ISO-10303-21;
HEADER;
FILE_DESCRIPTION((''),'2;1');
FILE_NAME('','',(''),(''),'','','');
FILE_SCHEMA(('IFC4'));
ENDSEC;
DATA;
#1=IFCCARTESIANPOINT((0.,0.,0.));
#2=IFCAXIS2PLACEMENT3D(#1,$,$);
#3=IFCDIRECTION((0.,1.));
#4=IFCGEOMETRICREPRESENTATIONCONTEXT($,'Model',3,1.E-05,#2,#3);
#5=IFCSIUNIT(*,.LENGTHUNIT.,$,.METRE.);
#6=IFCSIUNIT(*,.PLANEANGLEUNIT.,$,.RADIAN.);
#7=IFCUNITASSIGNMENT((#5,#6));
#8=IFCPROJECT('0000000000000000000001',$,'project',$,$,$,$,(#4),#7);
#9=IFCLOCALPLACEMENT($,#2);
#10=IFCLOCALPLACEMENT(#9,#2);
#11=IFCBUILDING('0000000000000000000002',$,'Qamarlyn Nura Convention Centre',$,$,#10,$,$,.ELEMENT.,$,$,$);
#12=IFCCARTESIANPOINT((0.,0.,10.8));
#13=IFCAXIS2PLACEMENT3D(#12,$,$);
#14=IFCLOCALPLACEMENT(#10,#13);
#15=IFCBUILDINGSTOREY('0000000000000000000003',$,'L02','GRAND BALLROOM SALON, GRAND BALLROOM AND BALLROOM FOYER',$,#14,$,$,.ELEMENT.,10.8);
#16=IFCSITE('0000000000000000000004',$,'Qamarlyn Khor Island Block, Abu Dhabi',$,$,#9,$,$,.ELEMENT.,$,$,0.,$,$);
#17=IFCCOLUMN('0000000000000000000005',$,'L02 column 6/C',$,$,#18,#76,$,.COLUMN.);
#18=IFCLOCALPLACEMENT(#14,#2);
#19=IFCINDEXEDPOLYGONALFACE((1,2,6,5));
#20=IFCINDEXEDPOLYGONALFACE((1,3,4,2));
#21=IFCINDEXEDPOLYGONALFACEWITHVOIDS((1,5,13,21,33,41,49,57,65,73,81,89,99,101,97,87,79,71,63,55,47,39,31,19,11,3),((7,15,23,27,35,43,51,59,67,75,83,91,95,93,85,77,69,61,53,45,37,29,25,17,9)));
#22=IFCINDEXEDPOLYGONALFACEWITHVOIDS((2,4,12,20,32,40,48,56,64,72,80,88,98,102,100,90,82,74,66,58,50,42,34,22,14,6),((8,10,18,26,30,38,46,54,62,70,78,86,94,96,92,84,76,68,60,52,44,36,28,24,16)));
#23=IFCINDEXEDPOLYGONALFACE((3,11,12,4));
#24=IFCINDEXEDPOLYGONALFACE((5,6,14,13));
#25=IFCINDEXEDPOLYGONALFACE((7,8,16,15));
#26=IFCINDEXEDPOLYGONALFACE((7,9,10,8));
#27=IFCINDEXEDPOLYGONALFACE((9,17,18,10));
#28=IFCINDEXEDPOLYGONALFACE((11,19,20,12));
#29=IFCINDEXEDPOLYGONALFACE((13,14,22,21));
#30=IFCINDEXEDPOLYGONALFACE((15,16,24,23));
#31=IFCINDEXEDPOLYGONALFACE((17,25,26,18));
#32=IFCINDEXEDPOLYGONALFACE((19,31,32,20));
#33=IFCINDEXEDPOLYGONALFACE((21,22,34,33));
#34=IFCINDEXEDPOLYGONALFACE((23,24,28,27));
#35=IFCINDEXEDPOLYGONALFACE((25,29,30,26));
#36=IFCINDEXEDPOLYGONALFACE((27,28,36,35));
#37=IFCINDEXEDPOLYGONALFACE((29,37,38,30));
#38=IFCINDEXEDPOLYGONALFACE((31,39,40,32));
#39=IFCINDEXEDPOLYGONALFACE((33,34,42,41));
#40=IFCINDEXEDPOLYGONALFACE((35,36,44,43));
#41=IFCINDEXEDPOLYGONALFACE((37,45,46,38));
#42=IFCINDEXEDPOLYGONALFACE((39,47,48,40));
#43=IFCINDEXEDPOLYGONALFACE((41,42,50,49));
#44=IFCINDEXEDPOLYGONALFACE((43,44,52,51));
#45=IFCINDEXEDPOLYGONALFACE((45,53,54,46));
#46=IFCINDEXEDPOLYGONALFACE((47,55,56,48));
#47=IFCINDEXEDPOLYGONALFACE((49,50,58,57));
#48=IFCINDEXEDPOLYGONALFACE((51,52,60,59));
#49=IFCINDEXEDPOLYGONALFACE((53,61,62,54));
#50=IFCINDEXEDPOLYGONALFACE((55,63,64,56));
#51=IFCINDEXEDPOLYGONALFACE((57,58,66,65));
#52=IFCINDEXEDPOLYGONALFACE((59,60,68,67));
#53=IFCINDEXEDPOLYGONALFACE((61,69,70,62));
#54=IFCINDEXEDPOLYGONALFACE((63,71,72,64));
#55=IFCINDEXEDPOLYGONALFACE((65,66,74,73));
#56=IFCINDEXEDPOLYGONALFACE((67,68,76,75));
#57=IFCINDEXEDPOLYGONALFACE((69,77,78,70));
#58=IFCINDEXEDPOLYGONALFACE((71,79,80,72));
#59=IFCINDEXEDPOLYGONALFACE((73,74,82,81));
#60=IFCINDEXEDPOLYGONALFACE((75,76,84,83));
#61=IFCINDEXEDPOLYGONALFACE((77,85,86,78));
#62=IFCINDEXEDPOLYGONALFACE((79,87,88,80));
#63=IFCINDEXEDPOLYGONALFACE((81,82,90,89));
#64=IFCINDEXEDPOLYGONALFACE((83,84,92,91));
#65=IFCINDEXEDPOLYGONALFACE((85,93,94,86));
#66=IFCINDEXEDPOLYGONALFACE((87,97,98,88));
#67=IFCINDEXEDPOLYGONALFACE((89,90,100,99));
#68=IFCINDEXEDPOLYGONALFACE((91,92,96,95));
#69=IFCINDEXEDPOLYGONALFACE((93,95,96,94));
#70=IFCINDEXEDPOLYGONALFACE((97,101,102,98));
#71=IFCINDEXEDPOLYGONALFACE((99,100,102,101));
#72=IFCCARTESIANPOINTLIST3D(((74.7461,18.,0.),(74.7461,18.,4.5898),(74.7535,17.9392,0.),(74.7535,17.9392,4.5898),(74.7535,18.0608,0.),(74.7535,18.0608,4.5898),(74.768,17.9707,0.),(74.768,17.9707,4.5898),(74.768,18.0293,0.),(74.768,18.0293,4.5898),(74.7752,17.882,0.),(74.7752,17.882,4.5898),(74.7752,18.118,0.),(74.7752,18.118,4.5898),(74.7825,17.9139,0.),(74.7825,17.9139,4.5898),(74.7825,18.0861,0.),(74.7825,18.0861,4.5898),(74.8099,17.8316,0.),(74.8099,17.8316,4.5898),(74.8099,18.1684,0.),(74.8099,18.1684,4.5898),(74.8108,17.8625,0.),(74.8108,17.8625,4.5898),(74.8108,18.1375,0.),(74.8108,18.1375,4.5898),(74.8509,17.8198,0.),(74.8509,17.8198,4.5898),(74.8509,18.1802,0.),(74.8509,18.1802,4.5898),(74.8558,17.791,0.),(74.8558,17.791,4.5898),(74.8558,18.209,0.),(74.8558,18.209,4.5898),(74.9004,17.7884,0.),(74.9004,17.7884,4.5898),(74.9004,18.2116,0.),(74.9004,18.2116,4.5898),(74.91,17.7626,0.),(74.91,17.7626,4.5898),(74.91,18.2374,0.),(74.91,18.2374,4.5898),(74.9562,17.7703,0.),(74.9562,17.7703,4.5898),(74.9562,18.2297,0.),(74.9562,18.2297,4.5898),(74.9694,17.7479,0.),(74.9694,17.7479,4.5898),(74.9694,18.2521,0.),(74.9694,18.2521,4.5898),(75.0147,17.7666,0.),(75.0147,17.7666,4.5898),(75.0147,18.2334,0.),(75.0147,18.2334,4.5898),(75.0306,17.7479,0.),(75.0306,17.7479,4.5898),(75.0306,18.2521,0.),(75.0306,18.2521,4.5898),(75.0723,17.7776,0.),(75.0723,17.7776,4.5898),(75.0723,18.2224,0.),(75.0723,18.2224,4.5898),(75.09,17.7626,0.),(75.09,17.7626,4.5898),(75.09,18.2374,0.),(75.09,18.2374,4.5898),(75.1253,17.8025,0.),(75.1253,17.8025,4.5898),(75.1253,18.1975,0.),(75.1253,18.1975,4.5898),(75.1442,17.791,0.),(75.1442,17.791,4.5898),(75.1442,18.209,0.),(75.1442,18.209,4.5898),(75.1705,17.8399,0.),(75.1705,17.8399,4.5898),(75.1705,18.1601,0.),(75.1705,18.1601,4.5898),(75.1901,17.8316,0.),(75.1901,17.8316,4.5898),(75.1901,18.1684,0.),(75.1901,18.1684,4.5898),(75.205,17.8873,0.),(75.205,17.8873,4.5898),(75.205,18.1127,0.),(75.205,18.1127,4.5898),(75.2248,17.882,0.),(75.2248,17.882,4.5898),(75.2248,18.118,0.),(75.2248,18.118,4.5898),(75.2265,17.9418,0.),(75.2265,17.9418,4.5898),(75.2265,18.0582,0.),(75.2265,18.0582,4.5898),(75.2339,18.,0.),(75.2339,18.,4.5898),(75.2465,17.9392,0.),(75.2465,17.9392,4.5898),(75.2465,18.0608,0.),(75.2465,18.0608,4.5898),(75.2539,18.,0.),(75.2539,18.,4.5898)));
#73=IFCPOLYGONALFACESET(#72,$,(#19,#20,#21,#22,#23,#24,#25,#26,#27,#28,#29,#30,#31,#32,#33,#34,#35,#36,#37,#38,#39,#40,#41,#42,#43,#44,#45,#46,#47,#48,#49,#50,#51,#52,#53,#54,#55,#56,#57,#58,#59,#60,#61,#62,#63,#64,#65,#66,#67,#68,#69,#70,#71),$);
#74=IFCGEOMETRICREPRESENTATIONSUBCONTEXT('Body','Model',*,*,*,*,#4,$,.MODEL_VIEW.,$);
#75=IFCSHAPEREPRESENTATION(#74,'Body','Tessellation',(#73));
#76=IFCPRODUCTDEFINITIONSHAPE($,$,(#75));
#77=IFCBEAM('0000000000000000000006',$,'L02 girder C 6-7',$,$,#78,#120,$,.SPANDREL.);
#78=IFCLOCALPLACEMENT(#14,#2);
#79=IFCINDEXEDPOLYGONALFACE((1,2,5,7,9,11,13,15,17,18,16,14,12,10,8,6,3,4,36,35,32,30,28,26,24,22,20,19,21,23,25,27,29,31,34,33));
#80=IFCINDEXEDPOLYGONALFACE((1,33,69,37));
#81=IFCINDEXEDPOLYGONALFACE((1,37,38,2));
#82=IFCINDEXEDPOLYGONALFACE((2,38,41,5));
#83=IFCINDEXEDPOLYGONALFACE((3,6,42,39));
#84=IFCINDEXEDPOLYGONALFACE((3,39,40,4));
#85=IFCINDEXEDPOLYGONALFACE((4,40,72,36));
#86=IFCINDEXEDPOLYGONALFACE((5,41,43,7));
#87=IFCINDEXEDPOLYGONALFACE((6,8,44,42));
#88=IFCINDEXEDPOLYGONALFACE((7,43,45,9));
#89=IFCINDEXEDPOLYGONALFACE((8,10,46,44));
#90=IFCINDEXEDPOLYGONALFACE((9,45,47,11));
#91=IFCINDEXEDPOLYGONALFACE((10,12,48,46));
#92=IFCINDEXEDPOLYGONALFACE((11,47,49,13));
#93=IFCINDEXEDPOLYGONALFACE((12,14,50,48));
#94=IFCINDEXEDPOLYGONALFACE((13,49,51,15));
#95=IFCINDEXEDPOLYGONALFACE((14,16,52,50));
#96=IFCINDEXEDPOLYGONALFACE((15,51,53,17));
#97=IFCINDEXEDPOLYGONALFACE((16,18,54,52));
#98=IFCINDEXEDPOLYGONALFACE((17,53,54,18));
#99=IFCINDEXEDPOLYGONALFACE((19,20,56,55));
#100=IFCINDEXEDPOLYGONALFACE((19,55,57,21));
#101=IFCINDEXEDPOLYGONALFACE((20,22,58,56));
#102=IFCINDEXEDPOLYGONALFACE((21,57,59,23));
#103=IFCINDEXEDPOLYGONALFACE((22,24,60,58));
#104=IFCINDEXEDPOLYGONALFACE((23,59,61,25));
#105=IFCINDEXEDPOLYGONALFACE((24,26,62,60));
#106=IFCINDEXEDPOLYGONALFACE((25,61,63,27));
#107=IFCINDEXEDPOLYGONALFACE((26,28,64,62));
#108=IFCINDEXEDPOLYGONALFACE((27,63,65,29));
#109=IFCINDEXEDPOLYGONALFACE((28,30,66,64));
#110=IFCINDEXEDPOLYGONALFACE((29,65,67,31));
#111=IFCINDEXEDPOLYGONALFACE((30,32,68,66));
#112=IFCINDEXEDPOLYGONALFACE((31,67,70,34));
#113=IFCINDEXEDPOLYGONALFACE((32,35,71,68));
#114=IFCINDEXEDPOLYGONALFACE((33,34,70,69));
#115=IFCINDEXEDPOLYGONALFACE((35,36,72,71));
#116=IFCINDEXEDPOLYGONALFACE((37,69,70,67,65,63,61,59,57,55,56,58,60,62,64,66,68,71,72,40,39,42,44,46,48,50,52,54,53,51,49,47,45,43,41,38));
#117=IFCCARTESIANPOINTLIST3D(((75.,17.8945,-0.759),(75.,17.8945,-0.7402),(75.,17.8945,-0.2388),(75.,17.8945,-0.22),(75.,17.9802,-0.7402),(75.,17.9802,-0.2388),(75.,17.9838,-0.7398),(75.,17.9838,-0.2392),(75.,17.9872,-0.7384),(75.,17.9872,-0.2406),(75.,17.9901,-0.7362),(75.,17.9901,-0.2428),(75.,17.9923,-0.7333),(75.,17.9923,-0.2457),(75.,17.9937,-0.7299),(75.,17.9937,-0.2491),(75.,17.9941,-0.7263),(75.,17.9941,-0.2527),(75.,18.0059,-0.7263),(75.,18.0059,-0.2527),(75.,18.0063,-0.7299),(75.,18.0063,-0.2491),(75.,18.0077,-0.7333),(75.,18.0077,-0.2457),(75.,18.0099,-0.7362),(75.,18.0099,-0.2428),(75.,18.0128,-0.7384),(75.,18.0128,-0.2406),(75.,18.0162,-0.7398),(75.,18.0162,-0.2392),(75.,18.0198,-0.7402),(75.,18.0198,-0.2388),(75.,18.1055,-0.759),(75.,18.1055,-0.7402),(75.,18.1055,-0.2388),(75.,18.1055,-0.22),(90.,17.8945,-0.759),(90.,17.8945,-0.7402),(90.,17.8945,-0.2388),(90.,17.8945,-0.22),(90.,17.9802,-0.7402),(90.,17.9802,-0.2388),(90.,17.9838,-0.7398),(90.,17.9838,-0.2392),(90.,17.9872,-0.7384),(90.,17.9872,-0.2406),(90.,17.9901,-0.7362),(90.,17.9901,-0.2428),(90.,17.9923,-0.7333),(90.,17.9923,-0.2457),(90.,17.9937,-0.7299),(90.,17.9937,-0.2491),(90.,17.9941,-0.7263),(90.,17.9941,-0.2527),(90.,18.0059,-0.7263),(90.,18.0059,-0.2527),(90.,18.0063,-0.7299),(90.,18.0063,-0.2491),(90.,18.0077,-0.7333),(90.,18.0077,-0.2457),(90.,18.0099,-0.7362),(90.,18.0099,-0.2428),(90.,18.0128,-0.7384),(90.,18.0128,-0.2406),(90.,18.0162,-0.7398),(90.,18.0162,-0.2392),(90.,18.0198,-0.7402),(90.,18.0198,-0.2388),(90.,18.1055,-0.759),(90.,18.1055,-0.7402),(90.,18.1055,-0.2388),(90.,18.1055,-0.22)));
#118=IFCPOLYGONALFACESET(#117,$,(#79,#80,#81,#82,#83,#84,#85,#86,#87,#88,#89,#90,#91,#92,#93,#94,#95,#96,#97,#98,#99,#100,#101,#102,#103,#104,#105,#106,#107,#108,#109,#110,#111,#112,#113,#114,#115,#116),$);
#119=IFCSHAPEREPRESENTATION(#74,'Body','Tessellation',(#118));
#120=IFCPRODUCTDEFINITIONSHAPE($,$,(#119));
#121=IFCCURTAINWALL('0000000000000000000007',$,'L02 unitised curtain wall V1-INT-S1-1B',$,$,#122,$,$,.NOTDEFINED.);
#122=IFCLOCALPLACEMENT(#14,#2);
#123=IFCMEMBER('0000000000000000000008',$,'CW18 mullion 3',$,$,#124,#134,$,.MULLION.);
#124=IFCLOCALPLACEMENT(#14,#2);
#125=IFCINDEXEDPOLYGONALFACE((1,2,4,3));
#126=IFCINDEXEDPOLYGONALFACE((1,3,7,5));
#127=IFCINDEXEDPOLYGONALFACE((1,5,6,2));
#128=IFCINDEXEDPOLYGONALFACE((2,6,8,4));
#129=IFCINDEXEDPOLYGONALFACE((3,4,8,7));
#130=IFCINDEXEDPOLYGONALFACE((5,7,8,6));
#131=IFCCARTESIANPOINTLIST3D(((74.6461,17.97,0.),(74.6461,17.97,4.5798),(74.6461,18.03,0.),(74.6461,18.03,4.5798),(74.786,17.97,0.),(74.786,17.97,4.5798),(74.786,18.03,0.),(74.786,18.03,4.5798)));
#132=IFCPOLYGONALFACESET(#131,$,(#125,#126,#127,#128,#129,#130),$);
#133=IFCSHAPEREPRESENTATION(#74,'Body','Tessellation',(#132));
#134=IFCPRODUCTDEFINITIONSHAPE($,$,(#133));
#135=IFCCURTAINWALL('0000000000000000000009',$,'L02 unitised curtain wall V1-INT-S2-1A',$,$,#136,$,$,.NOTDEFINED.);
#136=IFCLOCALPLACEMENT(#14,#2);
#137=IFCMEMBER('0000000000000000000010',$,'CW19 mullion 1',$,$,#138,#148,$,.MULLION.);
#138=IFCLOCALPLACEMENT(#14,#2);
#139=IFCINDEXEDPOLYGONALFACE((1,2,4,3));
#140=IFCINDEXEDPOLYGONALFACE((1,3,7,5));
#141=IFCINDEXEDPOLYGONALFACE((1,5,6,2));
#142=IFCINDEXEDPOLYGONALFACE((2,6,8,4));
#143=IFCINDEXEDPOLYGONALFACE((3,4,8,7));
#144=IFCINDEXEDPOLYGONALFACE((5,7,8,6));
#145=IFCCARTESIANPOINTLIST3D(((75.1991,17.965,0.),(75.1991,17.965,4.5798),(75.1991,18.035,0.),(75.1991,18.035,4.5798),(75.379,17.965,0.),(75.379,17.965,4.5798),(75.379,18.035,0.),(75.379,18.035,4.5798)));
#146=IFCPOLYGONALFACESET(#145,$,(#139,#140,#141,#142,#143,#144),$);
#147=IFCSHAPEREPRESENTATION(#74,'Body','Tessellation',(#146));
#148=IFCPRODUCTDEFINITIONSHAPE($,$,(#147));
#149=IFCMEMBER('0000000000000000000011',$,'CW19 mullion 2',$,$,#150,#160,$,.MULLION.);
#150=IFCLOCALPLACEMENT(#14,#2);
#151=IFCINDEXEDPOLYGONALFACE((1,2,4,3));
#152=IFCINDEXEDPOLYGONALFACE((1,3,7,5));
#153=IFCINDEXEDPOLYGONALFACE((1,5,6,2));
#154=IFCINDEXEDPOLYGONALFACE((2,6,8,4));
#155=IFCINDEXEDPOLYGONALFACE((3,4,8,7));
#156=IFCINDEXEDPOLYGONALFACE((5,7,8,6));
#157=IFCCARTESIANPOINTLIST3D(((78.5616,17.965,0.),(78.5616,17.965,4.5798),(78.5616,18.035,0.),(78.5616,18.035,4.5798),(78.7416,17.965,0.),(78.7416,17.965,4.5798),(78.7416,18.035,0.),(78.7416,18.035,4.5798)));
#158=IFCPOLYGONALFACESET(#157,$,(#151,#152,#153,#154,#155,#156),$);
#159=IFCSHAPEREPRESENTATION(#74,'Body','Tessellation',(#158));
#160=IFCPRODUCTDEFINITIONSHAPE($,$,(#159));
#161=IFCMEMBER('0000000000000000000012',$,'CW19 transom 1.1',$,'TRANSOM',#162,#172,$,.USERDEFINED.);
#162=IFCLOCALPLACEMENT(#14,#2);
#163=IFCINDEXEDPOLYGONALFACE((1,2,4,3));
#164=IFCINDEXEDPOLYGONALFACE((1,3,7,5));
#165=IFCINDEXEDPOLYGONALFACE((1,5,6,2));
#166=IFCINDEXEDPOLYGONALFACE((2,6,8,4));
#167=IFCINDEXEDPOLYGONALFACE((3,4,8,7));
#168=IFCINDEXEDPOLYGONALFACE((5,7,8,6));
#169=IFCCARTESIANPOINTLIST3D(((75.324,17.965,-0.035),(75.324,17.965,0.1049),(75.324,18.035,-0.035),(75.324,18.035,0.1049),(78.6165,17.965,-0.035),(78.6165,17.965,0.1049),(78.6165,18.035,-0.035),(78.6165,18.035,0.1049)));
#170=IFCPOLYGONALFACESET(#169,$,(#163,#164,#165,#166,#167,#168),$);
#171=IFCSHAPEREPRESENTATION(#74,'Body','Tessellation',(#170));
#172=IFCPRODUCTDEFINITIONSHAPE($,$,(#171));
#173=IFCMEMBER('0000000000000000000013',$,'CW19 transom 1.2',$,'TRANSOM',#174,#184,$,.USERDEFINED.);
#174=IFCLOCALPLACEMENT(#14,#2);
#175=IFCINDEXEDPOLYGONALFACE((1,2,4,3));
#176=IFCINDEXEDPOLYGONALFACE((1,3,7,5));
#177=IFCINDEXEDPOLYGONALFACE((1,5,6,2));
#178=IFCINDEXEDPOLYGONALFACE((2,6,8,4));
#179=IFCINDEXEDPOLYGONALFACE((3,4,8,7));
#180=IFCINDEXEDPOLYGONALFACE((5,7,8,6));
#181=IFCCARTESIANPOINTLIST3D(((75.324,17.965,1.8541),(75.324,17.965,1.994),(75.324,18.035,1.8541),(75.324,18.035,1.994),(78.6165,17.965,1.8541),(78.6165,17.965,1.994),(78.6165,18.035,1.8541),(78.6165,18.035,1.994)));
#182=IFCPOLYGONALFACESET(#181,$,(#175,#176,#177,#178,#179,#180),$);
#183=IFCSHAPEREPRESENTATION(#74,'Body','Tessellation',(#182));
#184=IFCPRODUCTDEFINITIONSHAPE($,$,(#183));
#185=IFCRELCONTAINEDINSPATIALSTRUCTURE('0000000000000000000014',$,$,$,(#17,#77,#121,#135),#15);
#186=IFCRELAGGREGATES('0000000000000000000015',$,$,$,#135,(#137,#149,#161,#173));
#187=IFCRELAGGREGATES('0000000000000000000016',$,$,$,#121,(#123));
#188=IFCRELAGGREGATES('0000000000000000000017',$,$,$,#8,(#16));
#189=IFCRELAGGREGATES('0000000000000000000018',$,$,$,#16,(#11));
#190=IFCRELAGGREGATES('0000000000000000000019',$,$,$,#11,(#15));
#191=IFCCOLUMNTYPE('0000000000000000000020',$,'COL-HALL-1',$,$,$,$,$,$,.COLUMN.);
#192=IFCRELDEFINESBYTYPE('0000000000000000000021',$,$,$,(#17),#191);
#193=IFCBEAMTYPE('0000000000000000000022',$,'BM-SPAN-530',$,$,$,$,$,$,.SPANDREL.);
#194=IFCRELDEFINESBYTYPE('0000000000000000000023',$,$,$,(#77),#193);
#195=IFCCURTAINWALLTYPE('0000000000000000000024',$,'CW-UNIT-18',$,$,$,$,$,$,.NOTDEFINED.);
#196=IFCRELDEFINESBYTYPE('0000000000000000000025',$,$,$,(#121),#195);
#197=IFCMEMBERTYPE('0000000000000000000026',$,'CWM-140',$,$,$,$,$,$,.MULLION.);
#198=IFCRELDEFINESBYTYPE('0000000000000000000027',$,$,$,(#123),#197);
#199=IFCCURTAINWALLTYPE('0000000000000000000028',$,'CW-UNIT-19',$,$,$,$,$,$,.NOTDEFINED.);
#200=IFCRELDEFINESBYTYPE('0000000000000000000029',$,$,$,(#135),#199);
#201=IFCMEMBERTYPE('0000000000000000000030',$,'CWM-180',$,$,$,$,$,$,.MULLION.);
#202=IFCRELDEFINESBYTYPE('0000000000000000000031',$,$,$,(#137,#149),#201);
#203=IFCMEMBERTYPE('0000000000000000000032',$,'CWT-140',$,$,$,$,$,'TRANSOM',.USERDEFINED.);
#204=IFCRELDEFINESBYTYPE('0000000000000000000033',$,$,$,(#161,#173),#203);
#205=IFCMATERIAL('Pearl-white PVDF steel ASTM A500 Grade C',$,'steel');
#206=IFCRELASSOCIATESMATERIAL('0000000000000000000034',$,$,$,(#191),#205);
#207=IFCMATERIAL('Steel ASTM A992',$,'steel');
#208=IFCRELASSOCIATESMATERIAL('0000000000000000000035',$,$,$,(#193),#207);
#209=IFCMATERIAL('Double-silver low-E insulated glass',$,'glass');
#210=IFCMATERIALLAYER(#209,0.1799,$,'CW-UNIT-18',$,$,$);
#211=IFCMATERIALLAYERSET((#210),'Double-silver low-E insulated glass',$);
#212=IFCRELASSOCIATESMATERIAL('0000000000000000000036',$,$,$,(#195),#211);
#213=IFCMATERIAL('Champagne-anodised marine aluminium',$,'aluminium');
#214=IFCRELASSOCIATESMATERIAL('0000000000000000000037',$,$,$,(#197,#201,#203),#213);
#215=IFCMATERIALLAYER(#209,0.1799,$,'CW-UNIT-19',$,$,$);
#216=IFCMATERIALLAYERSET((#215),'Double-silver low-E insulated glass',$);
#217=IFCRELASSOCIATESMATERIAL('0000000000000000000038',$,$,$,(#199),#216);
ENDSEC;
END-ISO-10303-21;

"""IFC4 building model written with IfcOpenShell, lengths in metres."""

from ifc_helpers import new_model, si_unit, direction, frame, origin, origin_2d, place, context, subcontext, project, spatial, rectangle, hollow_circle, i_section, extrude, material, layer, layer_set, material_profile, profile_set, type_object, element, aggregate, save


model = new_model("IFC4")

# Units and contexts
model_context = context("Model", 3, precision=1e-05, world=origin(), true_north=direction((0.0, 1.0)))
body_context = subcontext(model_context, "Body", "Model", "MODEL_VIEW")
ifc_project = project(units=[si_unit("LENGTHUNIT", "METRE"), si_unit("PLANEANGLEUNIT", "RADIAN")], contexts=[model_context])

# Site, building, storey
site_placement = place(None, origin())
site = spatial("IfcSite", under=ifc_project, at=site_placement, Name="Qamarlyn Khor Island Block, Abu Dhabi", CompositionType="ELEMENT", RefElevation=0.0)
building_placement = place(site_placement, origin())
building = spatial("IfcBuilding", under=site, at=building_placement, Name="Qamarlyn Nura Convention Centre", CompositionType="ELEMENT")
storey_placement = place(building_placement, frame((0.0, 0.0, 10.8)))
storey = spatial("IfcBuildingStorey", under=building, at=storey_placement, Name="L02", Description="GRAND BALLROOM SALON, GRAND BALLROOM AND BALLROOM FOYER", CompositionType="ELEMENT", Elevation=10.8)

# Column
ifc_material_1 = material(Name="Pearl-white PVDF steel ASTM A500 Grade C", Category="steel")
ifc_material_profile_1 = material_profile(ifc_material_1, hollow_circle(Radius=0.2539, WallThickness=0.02, at=origin_2d()), Name="CHS508X20")
ifc_profile_set_1 = profile_set([ifc_material_profile_1], Name="Pearl-white PVDF steel ASTM A500 Grade C")
column_type = type_object("IfcColumnType", Name="COL-HALL-1", PredefinedType="COLUMN", material=ifc_profile_set_1)
column_placement = place(storey_placement, frame((75.0, 18.0, 0.0), z_axis=(0.0, 0.0, 1.0), x_axis=(1.0, 0.0, 0.0)))
element("IfcColumn", 1, at=column_placement, inside=storey, type_object=column_type, Name="L02 column 6/C", PredefinedType="COLUMN", context=body_context, shape_type="SweptSolid", body=[
    extrude(hollow_circle(Radius=0.2539, WallThickness=0.02, at=origin_2d()), origin(), (0.0, 0.0, 1.0), 4.5898),
])

# Beam
ifc_material_2 = material(Name="Steel ASTM A992", Category="steel")
ifc_material_profile_2 = material_profile(ifc_material_2, i_section(OverallWidth=0.2109, OverallDepth=0.5391, WebThickness=0.0117, FlangeThickness=0.0188, FilletRadius=0.0139, at=origin_2d()), Name="W530X109")
ifc_profile_set_2 = profile_set([ifc_material_profile_2], Name="Steel ASTM A992")
beam_type = type_object("IfcBeamType", Name="BM-SPAN-530", PredefinedType="SPANDREL", material=ifc_profile_set_2)
beam_placement = place(storey_placement, frame((75.0, 18.0, -0.4895), z_axis=(1.0, 0.0, 0.0), x_axis=(0.0, 1.0, 0.0)))
element("IfcBeam", 2, at=beam_placement, inside=storey, type_object=beam_type, Name="L02 girder C 6-7", PredefinedType="SPANDREL", context=body_context, shape_type="SweptSolid", body=[
    extrude(i_section(OverallWidth=0.2109, OverallDepth=0.5391, WebThickness=0.0117, FlangeThickness=0.0188, FilletRadius=0.0139, at=origin_2d()), origin(), (0.0, 0.0, 1.0), 15.0),
])

# Curtain wall, member
ifc_material_3 = material(Name="Double-silver low-E insulated glass", Category="glass")
ifc_layer_1 = layer(ifc_material_3, 0.1799, Name="CW-UNIT-18")
ifc_layer_set_1 = layer_set([ifc_layer_1], Name="Double-silver low-E insulated glass")
curtain_wall_type_1 = type_object("IfcCurtainWallType", Name="CW-UNIT-18", PredefinedType="NOTDEFINED", material=ifc_layer_set_1)
curtain_wall_1_placement = place(storey_placement, origin())
curtain_wall_1 = element("IfcCurtainWall", 3, at=curtain_wall_1_placement, inside=storey, type_object=curtain_wall_type_1, Name="L02 unitised curtain wall V1-INT-S1-1B", PredefinedType="NOTDEFINED")
ifc_material_4 = material(Name="Champagne-anodised marine aluminium", Category="aluminium")
ifc_material_profile_3 = material_profile(ifc_material_4, rectangle(XDim=0.0601, YDim=0.1399, at=origin_2d()), Name="ALU MULLION 60x140")
ifc_profile_set_3 = profile_set([ifc_material_profile_3], Name="Champagne-anodised marine aluminium")
member_type_1 = type_object("IfcMemberType", Name="CWM-140", PredefinedType="MULLION", material=ifc_profile_set_3)
member_1_placement = place(storey_placement, frame((74.7161, 18.0, 0.0), z_axis=(0.0, 0.0, 1.0), x_axis=(0.0, 1.0, 0.0)))
member_1 = element("IfcMember", 4, at=member_1_placement, type_object=member_type_1, Name="CW18 mullion 3", PredefinedType="MULLION", context=body_context, shape_type="SweptSolid", body=[
    extrude(rectangle(XDim=0.0601, YDim=0.1399, at=origin_2d()), origin(), (0.0, 0.0, 1.0), 4.5798),
])

# Curtain wall, members
ifc_layer_2 = layer(ifc_material_3, 0.1799, Name="CW-UNIT-19")
ifc_layer_set_2 = layer_set([ifc_layer_2], Name="Double-silver low-E insulated glass")
curtain_wall_type_2 = type_object("IfcCurtainWallType", Name="CW-UNIT-19", PredefinedType="NOTDEFINED", material=ifc_layer_set_2)
curtain_wall_2_placement = place(storey_placement, origin())
curtain_wall_2 = element("IfcCurtainWall", 5, at=curtain_wall_2_placement, inside=storey, type_object=curtain_wall_type_2, Name="L02 unitised curtain wall V1-INT-S2-1A", PredefinedType="NOTDEFINED")
ifc_material_profile_4 = material_profile(ifc_material_4, rectangle(XDim=0.0701, YDim=0.1799, at=origin_2d()), Name="ALU MULLION 70x180")
ifc_profile_set_4 = profile_set([ifc_material_profile_4], Name="Champagne-anodised marine aluminium")
member_type_2 = type_object("IfcMemberType", Name="CWM-180", PredefinedType="MULLION", material=ifc_profile_set_4)
member_2_placement = place(storey_placement, frame((75.2891, 18.0, 0.0), z_axis=(0.0, 0.0, 1.0), x_axis=(0.0, 1.0, 0.0)))
member_2 = element("IfcMember", 6, at=member_2_placement, type_object=member_type_2, Name="CW19 mullion 1", PredefinedType="MULLION", context=body_context, shape_type="SweptSolid", body=[
    extrude(rectangle(XDim=0.0701, YDim=0.1799, at=origin_2d()), origin(), (0.0, 0.0, 1.0), 4.5798),
])
member_3_placement = place(storey_placement, frame((78.6516, 18.0, 0.0), z_axis=(0.0, 0.0, 1.0), x_axis=(0.0, 1.0, 0.0)))
member_3 = element("IfcMember", 7, at=member_3_placement, type_object=member_type_2, Name="CW19 mullion 2", PredefinedType="MULLION", context=body_context, shape_type="SweptSolid", body=[
    extrude(rectangle(XDim=0.0701, YDim=0.1799, at=origin_2d()), origin(), (0.0, 0.0, 1.0), 4.5798),
])
ifc_material_profile_5 = material_profile(ifc_material_4, rectangle(XDim=0.0701, YDim=0.1399, at=origin_2d()), Name="ALU TRANSOM 70x140")
ifc_profile_set_5 = profile_set([ifc_material_profile_5], Name="Champagne-anodised marine aluminium")
member_type_3 = type_object("IfcMemberType", Name="CWT-140", ElementType="TRANSOM", PredefinedType="USERDEFINED", material=ifc_profile_set_5)
member_4_placement = place(storey_placement, frame((75.324, 18.0, 0.0349), z_axis=(1.0, 0.0, 0.0), x_axis=(0.0, 1.0, 0.0)))
member_4 = element("IfcMember", 8, at=member_4_placement, type_object=member_type_3, Name="CW19 transom 1.1", ObjectType="TRANSOM", PredefinedType="USERDEFINED", context=body_context, shape_type="SweptSolid", body=[
    extrude(rectangle(XDim=0.0701, YDim=0.1399, at=origin_2d()), origin(), (0.0, 0.0, 1.0), 3.2925),
])
member_5_placement = place(storey_placement, frame((75.324, 18.0, 1.9241), z_axis=(1.0, 0.0, 0.0), x_axis=(0.0, 1.0, 0.0)))
member_5 = element("IfcMember", 9, at=member_5_placement, type_object=member_type_3, Name="CW19 transom 1.2", ObjectType="TRANSOM", PredefinedType="USERDEFINED", context=body_context, shape_type="SweptSolid", body=[
    extrude(rectangle(XDim=0.0701, YDim=0.1399, at=origin_2d()), origin(), (0.0, 0.0, 1.0), 3.2925),
])

aggregate(curtain_wall_2, [member_2, member_3, member_4, member_5])
aggregate(curtain_wall_1, [member_1])

save(model, "model.ifc")
